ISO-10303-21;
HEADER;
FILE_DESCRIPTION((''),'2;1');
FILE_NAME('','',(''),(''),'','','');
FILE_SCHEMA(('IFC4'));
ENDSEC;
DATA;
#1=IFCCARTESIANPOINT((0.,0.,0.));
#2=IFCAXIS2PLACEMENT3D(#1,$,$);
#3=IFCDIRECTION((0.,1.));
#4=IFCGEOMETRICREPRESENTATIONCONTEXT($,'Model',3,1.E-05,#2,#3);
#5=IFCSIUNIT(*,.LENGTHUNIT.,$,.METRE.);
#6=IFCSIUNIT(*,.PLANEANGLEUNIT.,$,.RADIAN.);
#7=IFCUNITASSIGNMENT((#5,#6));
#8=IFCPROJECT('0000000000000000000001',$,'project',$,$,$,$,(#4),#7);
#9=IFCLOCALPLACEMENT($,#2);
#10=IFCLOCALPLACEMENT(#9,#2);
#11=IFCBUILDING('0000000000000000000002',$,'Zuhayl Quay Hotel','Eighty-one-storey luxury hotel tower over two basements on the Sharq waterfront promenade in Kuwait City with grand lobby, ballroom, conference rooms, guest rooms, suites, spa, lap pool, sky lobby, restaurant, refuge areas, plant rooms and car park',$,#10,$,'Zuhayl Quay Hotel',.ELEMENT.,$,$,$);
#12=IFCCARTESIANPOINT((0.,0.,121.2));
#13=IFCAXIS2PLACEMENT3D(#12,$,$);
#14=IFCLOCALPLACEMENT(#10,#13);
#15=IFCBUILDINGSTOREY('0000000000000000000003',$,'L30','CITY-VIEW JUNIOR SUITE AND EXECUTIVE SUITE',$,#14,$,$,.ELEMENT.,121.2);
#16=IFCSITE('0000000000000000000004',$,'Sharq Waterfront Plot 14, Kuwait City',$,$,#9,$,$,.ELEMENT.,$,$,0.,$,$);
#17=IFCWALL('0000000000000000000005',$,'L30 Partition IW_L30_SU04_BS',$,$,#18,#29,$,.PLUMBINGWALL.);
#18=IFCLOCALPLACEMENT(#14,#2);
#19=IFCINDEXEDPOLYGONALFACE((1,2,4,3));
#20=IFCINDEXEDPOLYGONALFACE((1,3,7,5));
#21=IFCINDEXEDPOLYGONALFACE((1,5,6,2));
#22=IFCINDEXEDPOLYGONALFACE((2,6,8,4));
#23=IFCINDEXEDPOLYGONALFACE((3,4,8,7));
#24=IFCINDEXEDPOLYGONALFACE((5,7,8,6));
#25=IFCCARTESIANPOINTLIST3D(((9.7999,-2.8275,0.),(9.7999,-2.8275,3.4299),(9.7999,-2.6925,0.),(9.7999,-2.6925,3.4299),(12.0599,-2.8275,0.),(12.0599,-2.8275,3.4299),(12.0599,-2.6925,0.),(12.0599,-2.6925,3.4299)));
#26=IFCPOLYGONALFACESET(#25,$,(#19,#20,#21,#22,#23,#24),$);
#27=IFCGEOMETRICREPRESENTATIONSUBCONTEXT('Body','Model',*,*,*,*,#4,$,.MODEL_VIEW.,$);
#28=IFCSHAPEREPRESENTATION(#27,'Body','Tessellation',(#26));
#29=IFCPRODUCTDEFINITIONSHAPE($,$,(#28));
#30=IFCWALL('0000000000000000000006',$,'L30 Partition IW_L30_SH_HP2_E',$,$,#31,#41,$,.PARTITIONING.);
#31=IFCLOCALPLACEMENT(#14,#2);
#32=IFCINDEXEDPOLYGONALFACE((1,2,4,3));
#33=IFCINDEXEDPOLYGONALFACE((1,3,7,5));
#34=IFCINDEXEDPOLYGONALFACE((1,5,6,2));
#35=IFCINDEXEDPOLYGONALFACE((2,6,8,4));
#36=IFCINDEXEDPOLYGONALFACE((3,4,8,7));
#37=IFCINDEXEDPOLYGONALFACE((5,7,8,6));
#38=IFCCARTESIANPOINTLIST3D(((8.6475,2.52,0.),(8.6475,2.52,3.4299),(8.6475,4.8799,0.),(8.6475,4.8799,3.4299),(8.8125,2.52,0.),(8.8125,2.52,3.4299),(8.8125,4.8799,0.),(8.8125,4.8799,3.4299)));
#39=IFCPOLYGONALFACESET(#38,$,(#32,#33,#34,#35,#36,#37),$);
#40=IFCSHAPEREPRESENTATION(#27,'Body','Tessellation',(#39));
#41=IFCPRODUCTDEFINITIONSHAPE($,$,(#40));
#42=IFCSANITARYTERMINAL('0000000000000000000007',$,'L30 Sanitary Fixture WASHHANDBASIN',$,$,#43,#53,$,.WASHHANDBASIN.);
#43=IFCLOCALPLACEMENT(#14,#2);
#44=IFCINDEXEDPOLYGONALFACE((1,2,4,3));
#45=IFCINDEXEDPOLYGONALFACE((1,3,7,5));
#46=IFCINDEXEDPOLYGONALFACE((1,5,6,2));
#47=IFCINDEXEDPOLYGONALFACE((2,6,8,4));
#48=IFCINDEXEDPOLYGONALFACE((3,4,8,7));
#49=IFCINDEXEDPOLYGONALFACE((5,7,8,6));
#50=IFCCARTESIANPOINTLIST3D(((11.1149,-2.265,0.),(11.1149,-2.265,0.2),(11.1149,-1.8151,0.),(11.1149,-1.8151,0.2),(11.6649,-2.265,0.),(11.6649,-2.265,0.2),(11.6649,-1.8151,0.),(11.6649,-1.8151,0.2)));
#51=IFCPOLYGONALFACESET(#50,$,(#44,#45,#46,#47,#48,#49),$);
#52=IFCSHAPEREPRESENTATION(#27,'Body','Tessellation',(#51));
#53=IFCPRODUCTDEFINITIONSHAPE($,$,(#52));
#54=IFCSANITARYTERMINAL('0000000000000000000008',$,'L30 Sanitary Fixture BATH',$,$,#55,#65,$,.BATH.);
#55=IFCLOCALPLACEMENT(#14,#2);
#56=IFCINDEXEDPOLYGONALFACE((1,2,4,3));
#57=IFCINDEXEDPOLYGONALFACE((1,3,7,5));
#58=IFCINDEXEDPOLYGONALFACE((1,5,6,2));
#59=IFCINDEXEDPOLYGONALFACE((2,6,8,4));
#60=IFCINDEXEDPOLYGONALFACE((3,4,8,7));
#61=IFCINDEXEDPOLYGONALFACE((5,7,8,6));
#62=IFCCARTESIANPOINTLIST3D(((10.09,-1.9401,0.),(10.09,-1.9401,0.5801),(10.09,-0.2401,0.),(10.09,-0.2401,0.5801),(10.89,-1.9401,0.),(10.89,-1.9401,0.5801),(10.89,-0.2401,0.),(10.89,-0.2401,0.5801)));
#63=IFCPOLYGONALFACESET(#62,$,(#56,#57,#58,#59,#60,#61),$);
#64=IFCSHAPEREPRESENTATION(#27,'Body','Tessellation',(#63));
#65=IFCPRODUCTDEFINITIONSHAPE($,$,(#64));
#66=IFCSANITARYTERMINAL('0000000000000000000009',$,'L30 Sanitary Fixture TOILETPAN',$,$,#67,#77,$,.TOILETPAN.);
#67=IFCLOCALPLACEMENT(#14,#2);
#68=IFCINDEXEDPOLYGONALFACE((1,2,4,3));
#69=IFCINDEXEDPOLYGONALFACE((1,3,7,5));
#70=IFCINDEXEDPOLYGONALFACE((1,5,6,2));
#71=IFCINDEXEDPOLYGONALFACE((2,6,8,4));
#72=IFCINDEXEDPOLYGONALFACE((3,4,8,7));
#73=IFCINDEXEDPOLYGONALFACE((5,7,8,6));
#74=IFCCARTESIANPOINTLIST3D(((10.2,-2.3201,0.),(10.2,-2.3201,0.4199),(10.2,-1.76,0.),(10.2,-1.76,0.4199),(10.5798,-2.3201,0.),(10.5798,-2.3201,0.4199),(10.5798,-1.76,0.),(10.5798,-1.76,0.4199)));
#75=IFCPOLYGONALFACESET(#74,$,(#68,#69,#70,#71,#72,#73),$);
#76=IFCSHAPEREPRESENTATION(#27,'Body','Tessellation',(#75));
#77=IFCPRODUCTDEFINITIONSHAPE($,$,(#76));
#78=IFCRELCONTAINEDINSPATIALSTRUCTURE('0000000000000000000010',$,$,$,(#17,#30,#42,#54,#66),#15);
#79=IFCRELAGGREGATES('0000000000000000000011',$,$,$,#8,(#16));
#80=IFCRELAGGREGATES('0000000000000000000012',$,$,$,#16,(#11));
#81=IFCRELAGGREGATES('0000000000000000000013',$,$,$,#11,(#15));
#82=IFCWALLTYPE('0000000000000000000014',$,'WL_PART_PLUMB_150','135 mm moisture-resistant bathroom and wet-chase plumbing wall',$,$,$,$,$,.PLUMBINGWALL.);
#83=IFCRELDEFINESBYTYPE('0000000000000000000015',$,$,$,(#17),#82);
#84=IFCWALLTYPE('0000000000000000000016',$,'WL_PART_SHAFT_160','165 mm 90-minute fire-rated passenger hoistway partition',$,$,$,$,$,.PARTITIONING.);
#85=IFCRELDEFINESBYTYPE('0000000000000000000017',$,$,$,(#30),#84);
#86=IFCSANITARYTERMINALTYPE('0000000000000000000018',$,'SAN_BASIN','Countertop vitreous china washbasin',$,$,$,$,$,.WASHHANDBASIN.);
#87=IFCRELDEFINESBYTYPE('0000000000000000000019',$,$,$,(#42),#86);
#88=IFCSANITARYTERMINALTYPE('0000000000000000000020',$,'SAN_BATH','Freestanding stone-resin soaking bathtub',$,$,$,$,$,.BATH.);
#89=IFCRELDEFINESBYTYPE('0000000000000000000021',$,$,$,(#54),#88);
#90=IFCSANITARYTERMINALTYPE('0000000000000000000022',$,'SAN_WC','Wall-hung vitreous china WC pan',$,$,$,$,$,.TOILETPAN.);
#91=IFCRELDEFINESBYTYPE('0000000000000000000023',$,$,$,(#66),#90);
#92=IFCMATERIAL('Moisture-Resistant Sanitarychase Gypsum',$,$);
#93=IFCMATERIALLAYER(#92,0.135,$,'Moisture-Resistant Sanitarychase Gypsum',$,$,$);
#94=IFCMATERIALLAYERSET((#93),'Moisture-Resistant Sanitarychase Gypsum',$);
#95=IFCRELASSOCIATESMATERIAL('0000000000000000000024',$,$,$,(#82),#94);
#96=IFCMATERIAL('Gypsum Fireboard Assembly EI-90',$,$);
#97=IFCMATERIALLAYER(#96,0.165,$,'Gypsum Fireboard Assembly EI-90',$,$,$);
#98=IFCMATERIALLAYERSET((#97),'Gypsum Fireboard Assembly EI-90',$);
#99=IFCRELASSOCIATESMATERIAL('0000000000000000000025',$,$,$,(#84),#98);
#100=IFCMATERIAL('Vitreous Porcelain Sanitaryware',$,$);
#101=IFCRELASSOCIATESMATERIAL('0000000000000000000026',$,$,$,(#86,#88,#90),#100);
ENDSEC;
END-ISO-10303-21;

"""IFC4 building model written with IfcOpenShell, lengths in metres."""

from ifc_helpers import new_model, si_unit, direction, frame, frame_2d, origin, origin_2d, place, context, subcontext, project, spatial, rectangle, extrude, material, layer, layer_set, type_object, element, save


model = new_model("IFC4")

# Units and contexts
model_context = context("Model", 3, precision=1e-05, world=origin(), true_north=direction((0.0, 1.0)))
body_context = subcontext(model_context, "Body", "Model", "MODEL_VIEW")
ifc_project = project(units=[si_unit("LENGTHUNIT", "METRE"), si_unit("PLANEANGLEUNIT", "RADIAN")], contexts=[model_context])

# Site, building, storey
site_placement = place(None, origin())
site = spatial("IfcSite", under=ifc_project, at=site_placement, Name="Sharq Waterfront Plot 14, Kuwait City", CompositionType="ELEMENT", RefElevation=0.0)
building_placement = place(site_placement, origin())
building = spatial("IfcBuilding", under=site, at=building_placement, Name="Zuhayl Quay Hotel", Description="Eighty-one-storey luxury hotel tower over two basements on the Sharq waterfront promenade in Kuwait City with grand lobby, ballroom, conference rooms, guest rooms, suites, spa, lap pool, sky lobby, restaurant, refuge areas, plant rooms and car park", LongName="Zuhayl Quay Hotel", CompositionType="ELEMENT")
storey_placement = place(building_placement, frame((0.0, 0.0, 121.2)))
storey = spatial("IfcBuildingStorey", under=building, at=storey_placement, Name="L30", Description="CITY-VIEW JUNIOR SUITE AND EXECUTIVE SUITE", CompositionType="ELEMENT", Elevation=121.2)

# Shared definitions
ifc_material_1 = material(Name="Moisture-Resistant Sanitarychase Gypsum")
ifc_layer_1 = layer(ifc_material_1, 0.135, Name="Moisture-Resistant Sanitarychase Gypsum")
ifc_layer_set_1 = layer_set([ifc_layer_1], Name="Moisture-Resistant Sanitarychase Gypsum")
wall_type_1 = type_object("IfcWallType", Name="WL_PART_PLUMB_150", Description="135 mm moisture-resistant bathroom and wet-chase plumbing wall", PredefinedType="PLUMBINGWALL", material=ifc_layer_set_1)

# Walls
wall_1_placement = place(storey_placement, frame((9.8, -2.76, 0.0), z_axis=(0.0, 0.0, 1.0), x_axis=(1.0, 0.0, 0.0)))
element("IfcWall", 1, at=wall_1_placement, inside=storey, type_object=wall_type_1, Name="L30 Partition IW_L30_SU04_BS", PredefinedType="PLUMBINGWALL", context=body_context, shape_type="SweptSolid", body=[
    extrude(rectangle(XDim=2.26, YDim=0.135, at=frame_2d((1.1299, 0.0))), origin(), (0.0, 0.0, 1.0), 3.4299),
])
ifc_material_2 = material(Name="Gypsum Fireboard Assembly EI-90")
ifc_layer_2 = layer(ifc_material_2, 0.165, Name="Gypsum Fireboard Assembly EI-90")
ifc_layer_set_2 = layer_set([ifc_layer_2], Name="Gypsum Fireboard Assembly EI-90")
wall_type_2 = type_object("IfcWallType", Name="WL_PART_SHAFT_160", Description="165 mm 90-minute fire-rated passenger hoistway partition", PredefinedType="PARTITIONING", material=ifc_layer_set_2)
wall_2_placement = place(storey_placement, frame((8.73, 2.52, 0.0), z_axis=(0.0, 0.0, 1.0), x_axis=(0.0, 1.0, 0.0)))
element("IfcWall", 2, at=wall_2_placement, inside=storey, type_object=wall_type_2, Name="L30 Partition IW_L30_SH_HP2_E", PredefinedType="PARTITIONING", context=body_context, shape_type="SweptSolid", body=[
    extrude(rectangle(XDim=2.3599, YDim=0.165, at=frame_2d((1.1799, 0.0))), origin(), (0.0, 0.0, 1.0), 3.4299),
])

# Sanitary terminals
ifc_material_3 = material(Name="Vitreous Porcelain Sanitaryware")
sanitary_terminal_type_1 = type_object("IfcSanitaryTerminalType", Name="SAN_BASIN", Description="Countertop vitreous china washbasin", PredefinedType="WASHHANDBASIN", material=ifc_material_3)
sanitary_terminal_1_placement = place(storey_placement, frame((11.3899, -2.04, 0.0), z_axis=(0.0, 0.0, 1.0), x_axis=(1.0, 0.0, 0.0)))
element("IfcSanitaryTerminal", 3, at=sanitary_terminal_1_placement, inside=storey, type_object=sanitary_terminal_type_1, Name="L30 Sanitary Fixture WASHHANDBASIN", PredefinedType="WASHHANDBASIN", context=body_context, shape_type="SweptSolid", body=[
    extrude(rectangle(XDim=0.55, YDim=0.45, at=origin_2d()), origin(), (0.0, 0.0, 1.0), 0.2),
])
sanitary_terminal_type_2 = type_object("IfcSanitaryTerminalType", Name="SAN_BATH", Description="Freestanding stone-resin soaking bathtub", PredefinedType="BATH", material=ifc_material_3)
sanitary_terminal_2_placement = place(storey_placement, frame((10.49, -1.0901, 0.0), z_axis=(0.0, 0.0, 1.0), x_axis=(1.0, 0.0, 0.0)))
element("IfcSanitaryTerminal", 4, at=sanitary_terminal_2_placement, inside=storey, type_object=sanitary_terminal_type_2, Name="L30 Sanitary Fixture BATH", PredefinedType="BATH", context=body_context, shape_type="SweptSolid", body=[
    extrude(rectangle(XDim=0.8, YDim=1.7, at=origin_2d()), origin(), (0.0, 0.0, 1.0), 0.5801),
])
sanitary_terminal_type_3 = type_object("IfcSanitaryTerminalType", Name="SAN_WC", Description="Wall-hung vitreous china WC pan", PredefinedType="TOILETPAN", material=ifc_material_3)
sanitary_terminal_3_placement = place(storey_placement, frame((10.3899, -2.04, 0.0), z_axis=(0.0, 0.0, 1.0), x_axis=(1.0, 0.0, 0.0)))
element("IfcSanitaryTerminal", 5, at=sanitary_terminal_3_placement, inside=storey, type_object=sanitary_terminal_type_3, Name="L30 Sanitary Fixture TOILETPAN", PredefinedType="TOILETPAN", context=body_context, shape_type="SweptSolid", body=[
    extrude(rectangle(XDim=0.3799, YDim=0.5601, at=origin_2d()), origin(), (0.0, 0.0, 1.0), 0.4199),
])

save(model, "model.ifc")
